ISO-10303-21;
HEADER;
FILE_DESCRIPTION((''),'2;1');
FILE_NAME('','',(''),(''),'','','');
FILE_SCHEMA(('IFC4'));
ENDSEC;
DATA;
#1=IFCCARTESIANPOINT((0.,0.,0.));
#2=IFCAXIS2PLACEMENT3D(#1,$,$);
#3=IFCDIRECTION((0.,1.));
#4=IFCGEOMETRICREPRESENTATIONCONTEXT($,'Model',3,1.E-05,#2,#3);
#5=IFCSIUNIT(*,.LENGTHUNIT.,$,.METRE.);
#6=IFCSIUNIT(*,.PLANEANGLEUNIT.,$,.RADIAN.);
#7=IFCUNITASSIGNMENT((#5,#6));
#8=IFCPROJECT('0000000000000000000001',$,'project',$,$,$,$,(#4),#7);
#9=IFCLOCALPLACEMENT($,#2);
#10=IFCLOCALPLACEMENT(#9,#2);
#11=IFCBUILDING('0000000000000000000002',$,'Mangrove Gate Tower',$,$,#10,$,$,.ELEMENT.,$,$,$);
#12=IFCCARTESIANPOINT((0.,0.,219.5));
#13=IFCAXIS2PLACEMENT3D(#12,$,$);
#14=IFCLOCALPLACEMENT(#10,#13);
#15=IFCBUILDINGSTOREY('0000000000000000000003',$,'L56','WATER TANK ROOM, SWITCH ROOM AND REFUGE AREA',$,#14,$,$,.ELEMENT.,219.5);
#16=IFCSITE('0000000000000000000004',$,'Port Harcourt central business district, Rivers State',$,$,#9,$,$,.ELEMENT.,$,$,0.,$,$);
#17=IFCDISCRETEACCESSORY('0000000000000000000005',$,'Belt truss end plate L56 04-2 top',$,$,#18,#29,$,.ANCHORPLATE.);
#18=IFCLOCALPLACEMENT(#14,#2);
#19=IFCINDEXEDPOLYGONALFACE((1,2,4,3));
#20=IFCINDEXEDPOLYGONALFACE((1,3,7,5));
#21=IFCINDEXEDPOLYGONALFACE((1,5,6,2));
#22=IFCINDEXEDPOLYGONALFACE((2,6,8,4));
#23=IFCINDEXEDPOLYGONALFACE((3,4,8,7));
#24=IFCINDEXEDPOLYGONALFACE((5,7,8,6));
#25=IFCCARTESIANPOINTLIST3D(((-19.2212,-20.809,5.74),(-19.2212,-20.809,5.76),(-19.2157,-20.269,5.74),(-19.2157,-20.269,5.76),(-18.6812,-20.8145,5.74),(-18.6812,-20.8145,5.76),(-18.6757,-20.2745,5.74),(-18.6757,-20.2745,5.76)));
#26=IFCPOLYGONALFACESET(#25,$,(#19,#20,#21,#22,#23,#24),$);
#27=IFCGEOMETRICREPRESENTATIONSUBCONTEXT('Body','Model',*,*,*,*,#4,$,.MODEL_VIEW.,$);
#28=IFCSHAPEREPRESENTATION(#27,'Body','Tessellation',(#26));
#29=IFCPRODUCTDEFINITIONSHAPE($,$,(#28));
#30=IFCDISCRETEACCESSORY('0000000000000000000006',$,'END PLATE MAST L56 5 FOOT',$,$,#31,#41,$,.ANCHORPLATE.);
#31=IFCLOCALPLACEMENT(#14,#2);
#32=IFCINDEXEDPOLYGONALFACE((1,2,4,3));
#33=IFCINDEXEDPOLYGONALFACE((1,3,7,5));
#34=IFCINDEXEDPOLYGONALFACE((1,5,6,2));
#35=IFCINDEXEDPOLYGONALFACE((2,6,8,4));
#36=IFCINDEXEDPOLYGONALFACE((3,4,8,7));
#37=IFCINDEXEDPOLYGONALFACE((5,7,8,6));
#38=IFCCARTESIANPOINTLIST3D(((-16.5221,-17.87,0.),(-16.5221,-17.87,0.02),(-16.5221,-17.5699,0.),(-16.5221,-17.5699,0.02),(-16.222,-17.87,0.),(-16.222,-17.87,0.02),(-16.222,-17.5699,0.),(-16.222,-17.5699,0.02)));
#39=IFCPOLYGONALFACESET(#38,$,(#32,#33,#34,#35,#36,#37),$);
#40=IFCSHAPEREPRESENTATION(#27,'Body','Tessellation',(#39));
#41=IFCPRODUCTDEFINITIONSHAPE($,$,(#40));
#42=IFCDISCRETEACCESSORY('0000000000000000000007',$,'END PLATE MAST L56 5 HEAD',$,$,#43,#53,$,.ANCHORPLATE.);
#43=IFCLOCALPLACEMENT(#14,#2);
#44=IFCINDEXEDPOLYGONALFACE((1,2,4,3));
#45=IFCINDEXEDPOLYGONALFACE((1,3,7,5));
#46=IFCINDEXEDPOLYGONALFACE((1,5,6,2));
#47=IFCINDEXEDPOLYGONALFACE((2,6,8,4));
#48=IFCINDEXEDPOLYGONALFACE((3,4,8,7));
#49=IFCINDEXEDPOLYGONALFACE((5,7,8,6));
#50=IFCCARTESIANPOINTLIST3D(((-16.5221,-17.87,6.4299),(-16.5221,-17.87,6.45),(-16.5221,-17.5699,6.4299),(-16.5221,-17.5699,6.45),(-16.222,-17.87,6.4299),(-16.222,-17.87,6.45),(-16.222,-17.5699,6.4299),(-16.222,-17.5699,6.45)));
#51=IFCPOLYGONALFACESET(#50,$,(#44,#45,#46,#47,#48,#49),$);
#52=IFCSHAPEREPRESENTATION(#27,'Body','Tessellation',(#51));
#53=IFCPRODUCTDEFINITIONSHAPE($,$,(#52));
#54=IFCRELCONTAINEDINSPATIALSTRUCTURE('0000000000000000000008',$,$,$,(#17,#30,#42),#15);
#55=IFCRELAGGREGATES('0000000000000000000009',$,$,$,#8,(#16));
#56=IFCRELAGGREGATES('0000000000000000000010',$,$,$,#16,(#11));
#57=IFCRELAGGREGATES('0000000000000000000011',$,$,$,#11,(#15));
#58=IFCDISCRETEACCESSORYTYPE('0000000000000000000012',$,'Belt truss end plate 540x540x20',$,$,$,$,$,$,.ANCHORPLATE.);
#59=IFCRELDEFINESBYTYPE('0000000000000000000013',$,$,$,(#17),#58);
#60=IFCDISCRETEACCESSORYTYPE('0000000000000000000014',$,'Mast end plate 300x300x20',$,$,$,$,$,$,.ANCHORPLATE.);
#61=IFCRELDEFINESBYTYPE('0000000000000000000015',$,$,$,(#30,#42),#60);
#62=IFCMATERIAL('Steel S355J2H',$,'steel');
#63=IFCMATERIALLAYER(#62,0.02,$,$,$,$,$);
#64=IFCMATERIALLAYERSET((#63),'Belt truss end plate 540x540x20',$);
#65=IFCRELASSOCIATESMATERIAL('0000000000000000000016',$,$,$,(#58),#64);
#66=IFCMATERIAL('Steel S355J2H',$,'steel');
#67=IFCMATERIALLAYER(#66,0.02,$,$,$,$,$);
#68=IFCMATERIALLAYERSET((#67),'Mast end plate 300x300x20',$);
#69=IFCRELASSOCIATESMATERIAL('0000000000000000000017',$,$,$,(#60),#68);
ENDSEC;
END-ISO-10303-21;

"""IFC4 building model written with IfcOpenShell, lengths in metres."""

from ifc_helpers import new_model, si_unit, direction, frame, origin, origin_2d, place, context, subcontext, project, spatial, rectangle, extrude, material, layer, layer_set, type_object, element, save


model = new_model("IFC4")

# Units and contexts
model_context = context("Model", 3, precision=1e-05, world=origin(), true_north=direction((0.0, 1.0)))
body_context = subcontext(model_context, "Body", "Model", "MODEL_VIEW")
ifc_project = project(units=[si_unit("LENGTHUNIT", "METRE"), si_unit("PLANEANGLEUNIT", "RADIAN")], contexts=[model_context])

# Site, building, storey
site_placement = place(None, origin())
site = spatial("IfcSite", under=ifc_project, at=site_placement, Name="Port Harcourt central business district, Rivers State", CompositionType="ELEMENT", RefElevation=0.0)
building_placement = place(site_placement, origin())
building = spatial("IfcBuilding", under=site, at=building_placement, Name="Mangrove Gate Tower", CompositionType="ELEMENT")
storey_placement = place(building_placement, frame((0.0, 0.0, 219.5)))
storey = spatial("IfcBuildingStorey", under=building, at=storey_placement, Name="L56", Description="WATER TANK ROOM, SWITCH ROOM AND REFUGE AREA", CompositionType="ELEMENT", Elevation=219.5)

# Discrete accessories
ifc_material_1 = material(Name="Steel S355J2H", Category="steel")
ifc_layer_1 = layer(ifc_material_1, 0.02)
ifc_layer_set_1 = layer_set([ifc_layer_1], Name="Belt truss end plate 540x540x20")
discrete_accessory_type_1 = type_object("IfcDiscreteAccessoryType", Name="Belt truss end plate 540x540x20", PredefinedType="ANCHORPLATE", material=ifc_layer_set_1)
for number, where, z_axis, x_axis, name in (
    (1, (-18.9485, -20.5417, 5.74), (0.0, 0.0, 1.0), (0.999948, -0.010176, 0.0), "Belt truss end plate L56 04-2 top"),
):
    element("IfcDiscreteAccessory", number, at=place(storey_placement, frame(where, z_axis=z_axis, x_axis=x_axis)), inside=storey, type_object=discrete_accessory_type_1, Name=name, PredefinedType="ANCHORPLATE", context=body_context, shape_type="SweptSolid", body=[
        extrude(rectangle(XDim=0.54, YDim=0.54, at=origin_2d()), origin(), (0.0, 0.0, 1.0), 0.02),
    ])
ifc_material_2 = material(Name="Steel S355J2H", Category="steel")
ifc_layer_2 = layer(ifc_material_2, 0.02)
ifc_layer_set_2 = layer_set([ifc_layer_2], Name="Mast end plate 300x300x20")
discrete_accessory_type_2 = type_object("IfcDiscreteAccessoryType", Name="Mast end plate 300x300x20", PredefinedType="ANCHORPLATE", material=ifc_layer_set_2)
for number, where, z_axis, x_axis, name in (
    (2, (-16.3721, -17.72, 0.0), (0.0, 0.0, 1.0), (1.0, 0.0, 0.0), "END PLATE MAST L56 5 FOOT"),
    (3, (-16.3721, -17.72, 6.4299), (0.0, 0.0, 1.0), (1.0, 0.0, 0.0), "END PLATE MAST L56 5 HEAD"),
):
    element("IfcDiscreteAccessory", number, at=place(storey_placement, frame(where, z_axis=z_axis, x_axis=x_axis)), inside=storey, type_object=discrete_accessory_type_2, Name=name, PredefinedType="ANCHORPLATE", context=body_context, shape_type="SweptSolid", body=[
        extrude(rectangle(XDim=0.3, YDim=0.3, at=origin_2d()), origin(), (0.0, 0.0, 1.0), 0.02),
    ])

save(model, "model.ifc")
